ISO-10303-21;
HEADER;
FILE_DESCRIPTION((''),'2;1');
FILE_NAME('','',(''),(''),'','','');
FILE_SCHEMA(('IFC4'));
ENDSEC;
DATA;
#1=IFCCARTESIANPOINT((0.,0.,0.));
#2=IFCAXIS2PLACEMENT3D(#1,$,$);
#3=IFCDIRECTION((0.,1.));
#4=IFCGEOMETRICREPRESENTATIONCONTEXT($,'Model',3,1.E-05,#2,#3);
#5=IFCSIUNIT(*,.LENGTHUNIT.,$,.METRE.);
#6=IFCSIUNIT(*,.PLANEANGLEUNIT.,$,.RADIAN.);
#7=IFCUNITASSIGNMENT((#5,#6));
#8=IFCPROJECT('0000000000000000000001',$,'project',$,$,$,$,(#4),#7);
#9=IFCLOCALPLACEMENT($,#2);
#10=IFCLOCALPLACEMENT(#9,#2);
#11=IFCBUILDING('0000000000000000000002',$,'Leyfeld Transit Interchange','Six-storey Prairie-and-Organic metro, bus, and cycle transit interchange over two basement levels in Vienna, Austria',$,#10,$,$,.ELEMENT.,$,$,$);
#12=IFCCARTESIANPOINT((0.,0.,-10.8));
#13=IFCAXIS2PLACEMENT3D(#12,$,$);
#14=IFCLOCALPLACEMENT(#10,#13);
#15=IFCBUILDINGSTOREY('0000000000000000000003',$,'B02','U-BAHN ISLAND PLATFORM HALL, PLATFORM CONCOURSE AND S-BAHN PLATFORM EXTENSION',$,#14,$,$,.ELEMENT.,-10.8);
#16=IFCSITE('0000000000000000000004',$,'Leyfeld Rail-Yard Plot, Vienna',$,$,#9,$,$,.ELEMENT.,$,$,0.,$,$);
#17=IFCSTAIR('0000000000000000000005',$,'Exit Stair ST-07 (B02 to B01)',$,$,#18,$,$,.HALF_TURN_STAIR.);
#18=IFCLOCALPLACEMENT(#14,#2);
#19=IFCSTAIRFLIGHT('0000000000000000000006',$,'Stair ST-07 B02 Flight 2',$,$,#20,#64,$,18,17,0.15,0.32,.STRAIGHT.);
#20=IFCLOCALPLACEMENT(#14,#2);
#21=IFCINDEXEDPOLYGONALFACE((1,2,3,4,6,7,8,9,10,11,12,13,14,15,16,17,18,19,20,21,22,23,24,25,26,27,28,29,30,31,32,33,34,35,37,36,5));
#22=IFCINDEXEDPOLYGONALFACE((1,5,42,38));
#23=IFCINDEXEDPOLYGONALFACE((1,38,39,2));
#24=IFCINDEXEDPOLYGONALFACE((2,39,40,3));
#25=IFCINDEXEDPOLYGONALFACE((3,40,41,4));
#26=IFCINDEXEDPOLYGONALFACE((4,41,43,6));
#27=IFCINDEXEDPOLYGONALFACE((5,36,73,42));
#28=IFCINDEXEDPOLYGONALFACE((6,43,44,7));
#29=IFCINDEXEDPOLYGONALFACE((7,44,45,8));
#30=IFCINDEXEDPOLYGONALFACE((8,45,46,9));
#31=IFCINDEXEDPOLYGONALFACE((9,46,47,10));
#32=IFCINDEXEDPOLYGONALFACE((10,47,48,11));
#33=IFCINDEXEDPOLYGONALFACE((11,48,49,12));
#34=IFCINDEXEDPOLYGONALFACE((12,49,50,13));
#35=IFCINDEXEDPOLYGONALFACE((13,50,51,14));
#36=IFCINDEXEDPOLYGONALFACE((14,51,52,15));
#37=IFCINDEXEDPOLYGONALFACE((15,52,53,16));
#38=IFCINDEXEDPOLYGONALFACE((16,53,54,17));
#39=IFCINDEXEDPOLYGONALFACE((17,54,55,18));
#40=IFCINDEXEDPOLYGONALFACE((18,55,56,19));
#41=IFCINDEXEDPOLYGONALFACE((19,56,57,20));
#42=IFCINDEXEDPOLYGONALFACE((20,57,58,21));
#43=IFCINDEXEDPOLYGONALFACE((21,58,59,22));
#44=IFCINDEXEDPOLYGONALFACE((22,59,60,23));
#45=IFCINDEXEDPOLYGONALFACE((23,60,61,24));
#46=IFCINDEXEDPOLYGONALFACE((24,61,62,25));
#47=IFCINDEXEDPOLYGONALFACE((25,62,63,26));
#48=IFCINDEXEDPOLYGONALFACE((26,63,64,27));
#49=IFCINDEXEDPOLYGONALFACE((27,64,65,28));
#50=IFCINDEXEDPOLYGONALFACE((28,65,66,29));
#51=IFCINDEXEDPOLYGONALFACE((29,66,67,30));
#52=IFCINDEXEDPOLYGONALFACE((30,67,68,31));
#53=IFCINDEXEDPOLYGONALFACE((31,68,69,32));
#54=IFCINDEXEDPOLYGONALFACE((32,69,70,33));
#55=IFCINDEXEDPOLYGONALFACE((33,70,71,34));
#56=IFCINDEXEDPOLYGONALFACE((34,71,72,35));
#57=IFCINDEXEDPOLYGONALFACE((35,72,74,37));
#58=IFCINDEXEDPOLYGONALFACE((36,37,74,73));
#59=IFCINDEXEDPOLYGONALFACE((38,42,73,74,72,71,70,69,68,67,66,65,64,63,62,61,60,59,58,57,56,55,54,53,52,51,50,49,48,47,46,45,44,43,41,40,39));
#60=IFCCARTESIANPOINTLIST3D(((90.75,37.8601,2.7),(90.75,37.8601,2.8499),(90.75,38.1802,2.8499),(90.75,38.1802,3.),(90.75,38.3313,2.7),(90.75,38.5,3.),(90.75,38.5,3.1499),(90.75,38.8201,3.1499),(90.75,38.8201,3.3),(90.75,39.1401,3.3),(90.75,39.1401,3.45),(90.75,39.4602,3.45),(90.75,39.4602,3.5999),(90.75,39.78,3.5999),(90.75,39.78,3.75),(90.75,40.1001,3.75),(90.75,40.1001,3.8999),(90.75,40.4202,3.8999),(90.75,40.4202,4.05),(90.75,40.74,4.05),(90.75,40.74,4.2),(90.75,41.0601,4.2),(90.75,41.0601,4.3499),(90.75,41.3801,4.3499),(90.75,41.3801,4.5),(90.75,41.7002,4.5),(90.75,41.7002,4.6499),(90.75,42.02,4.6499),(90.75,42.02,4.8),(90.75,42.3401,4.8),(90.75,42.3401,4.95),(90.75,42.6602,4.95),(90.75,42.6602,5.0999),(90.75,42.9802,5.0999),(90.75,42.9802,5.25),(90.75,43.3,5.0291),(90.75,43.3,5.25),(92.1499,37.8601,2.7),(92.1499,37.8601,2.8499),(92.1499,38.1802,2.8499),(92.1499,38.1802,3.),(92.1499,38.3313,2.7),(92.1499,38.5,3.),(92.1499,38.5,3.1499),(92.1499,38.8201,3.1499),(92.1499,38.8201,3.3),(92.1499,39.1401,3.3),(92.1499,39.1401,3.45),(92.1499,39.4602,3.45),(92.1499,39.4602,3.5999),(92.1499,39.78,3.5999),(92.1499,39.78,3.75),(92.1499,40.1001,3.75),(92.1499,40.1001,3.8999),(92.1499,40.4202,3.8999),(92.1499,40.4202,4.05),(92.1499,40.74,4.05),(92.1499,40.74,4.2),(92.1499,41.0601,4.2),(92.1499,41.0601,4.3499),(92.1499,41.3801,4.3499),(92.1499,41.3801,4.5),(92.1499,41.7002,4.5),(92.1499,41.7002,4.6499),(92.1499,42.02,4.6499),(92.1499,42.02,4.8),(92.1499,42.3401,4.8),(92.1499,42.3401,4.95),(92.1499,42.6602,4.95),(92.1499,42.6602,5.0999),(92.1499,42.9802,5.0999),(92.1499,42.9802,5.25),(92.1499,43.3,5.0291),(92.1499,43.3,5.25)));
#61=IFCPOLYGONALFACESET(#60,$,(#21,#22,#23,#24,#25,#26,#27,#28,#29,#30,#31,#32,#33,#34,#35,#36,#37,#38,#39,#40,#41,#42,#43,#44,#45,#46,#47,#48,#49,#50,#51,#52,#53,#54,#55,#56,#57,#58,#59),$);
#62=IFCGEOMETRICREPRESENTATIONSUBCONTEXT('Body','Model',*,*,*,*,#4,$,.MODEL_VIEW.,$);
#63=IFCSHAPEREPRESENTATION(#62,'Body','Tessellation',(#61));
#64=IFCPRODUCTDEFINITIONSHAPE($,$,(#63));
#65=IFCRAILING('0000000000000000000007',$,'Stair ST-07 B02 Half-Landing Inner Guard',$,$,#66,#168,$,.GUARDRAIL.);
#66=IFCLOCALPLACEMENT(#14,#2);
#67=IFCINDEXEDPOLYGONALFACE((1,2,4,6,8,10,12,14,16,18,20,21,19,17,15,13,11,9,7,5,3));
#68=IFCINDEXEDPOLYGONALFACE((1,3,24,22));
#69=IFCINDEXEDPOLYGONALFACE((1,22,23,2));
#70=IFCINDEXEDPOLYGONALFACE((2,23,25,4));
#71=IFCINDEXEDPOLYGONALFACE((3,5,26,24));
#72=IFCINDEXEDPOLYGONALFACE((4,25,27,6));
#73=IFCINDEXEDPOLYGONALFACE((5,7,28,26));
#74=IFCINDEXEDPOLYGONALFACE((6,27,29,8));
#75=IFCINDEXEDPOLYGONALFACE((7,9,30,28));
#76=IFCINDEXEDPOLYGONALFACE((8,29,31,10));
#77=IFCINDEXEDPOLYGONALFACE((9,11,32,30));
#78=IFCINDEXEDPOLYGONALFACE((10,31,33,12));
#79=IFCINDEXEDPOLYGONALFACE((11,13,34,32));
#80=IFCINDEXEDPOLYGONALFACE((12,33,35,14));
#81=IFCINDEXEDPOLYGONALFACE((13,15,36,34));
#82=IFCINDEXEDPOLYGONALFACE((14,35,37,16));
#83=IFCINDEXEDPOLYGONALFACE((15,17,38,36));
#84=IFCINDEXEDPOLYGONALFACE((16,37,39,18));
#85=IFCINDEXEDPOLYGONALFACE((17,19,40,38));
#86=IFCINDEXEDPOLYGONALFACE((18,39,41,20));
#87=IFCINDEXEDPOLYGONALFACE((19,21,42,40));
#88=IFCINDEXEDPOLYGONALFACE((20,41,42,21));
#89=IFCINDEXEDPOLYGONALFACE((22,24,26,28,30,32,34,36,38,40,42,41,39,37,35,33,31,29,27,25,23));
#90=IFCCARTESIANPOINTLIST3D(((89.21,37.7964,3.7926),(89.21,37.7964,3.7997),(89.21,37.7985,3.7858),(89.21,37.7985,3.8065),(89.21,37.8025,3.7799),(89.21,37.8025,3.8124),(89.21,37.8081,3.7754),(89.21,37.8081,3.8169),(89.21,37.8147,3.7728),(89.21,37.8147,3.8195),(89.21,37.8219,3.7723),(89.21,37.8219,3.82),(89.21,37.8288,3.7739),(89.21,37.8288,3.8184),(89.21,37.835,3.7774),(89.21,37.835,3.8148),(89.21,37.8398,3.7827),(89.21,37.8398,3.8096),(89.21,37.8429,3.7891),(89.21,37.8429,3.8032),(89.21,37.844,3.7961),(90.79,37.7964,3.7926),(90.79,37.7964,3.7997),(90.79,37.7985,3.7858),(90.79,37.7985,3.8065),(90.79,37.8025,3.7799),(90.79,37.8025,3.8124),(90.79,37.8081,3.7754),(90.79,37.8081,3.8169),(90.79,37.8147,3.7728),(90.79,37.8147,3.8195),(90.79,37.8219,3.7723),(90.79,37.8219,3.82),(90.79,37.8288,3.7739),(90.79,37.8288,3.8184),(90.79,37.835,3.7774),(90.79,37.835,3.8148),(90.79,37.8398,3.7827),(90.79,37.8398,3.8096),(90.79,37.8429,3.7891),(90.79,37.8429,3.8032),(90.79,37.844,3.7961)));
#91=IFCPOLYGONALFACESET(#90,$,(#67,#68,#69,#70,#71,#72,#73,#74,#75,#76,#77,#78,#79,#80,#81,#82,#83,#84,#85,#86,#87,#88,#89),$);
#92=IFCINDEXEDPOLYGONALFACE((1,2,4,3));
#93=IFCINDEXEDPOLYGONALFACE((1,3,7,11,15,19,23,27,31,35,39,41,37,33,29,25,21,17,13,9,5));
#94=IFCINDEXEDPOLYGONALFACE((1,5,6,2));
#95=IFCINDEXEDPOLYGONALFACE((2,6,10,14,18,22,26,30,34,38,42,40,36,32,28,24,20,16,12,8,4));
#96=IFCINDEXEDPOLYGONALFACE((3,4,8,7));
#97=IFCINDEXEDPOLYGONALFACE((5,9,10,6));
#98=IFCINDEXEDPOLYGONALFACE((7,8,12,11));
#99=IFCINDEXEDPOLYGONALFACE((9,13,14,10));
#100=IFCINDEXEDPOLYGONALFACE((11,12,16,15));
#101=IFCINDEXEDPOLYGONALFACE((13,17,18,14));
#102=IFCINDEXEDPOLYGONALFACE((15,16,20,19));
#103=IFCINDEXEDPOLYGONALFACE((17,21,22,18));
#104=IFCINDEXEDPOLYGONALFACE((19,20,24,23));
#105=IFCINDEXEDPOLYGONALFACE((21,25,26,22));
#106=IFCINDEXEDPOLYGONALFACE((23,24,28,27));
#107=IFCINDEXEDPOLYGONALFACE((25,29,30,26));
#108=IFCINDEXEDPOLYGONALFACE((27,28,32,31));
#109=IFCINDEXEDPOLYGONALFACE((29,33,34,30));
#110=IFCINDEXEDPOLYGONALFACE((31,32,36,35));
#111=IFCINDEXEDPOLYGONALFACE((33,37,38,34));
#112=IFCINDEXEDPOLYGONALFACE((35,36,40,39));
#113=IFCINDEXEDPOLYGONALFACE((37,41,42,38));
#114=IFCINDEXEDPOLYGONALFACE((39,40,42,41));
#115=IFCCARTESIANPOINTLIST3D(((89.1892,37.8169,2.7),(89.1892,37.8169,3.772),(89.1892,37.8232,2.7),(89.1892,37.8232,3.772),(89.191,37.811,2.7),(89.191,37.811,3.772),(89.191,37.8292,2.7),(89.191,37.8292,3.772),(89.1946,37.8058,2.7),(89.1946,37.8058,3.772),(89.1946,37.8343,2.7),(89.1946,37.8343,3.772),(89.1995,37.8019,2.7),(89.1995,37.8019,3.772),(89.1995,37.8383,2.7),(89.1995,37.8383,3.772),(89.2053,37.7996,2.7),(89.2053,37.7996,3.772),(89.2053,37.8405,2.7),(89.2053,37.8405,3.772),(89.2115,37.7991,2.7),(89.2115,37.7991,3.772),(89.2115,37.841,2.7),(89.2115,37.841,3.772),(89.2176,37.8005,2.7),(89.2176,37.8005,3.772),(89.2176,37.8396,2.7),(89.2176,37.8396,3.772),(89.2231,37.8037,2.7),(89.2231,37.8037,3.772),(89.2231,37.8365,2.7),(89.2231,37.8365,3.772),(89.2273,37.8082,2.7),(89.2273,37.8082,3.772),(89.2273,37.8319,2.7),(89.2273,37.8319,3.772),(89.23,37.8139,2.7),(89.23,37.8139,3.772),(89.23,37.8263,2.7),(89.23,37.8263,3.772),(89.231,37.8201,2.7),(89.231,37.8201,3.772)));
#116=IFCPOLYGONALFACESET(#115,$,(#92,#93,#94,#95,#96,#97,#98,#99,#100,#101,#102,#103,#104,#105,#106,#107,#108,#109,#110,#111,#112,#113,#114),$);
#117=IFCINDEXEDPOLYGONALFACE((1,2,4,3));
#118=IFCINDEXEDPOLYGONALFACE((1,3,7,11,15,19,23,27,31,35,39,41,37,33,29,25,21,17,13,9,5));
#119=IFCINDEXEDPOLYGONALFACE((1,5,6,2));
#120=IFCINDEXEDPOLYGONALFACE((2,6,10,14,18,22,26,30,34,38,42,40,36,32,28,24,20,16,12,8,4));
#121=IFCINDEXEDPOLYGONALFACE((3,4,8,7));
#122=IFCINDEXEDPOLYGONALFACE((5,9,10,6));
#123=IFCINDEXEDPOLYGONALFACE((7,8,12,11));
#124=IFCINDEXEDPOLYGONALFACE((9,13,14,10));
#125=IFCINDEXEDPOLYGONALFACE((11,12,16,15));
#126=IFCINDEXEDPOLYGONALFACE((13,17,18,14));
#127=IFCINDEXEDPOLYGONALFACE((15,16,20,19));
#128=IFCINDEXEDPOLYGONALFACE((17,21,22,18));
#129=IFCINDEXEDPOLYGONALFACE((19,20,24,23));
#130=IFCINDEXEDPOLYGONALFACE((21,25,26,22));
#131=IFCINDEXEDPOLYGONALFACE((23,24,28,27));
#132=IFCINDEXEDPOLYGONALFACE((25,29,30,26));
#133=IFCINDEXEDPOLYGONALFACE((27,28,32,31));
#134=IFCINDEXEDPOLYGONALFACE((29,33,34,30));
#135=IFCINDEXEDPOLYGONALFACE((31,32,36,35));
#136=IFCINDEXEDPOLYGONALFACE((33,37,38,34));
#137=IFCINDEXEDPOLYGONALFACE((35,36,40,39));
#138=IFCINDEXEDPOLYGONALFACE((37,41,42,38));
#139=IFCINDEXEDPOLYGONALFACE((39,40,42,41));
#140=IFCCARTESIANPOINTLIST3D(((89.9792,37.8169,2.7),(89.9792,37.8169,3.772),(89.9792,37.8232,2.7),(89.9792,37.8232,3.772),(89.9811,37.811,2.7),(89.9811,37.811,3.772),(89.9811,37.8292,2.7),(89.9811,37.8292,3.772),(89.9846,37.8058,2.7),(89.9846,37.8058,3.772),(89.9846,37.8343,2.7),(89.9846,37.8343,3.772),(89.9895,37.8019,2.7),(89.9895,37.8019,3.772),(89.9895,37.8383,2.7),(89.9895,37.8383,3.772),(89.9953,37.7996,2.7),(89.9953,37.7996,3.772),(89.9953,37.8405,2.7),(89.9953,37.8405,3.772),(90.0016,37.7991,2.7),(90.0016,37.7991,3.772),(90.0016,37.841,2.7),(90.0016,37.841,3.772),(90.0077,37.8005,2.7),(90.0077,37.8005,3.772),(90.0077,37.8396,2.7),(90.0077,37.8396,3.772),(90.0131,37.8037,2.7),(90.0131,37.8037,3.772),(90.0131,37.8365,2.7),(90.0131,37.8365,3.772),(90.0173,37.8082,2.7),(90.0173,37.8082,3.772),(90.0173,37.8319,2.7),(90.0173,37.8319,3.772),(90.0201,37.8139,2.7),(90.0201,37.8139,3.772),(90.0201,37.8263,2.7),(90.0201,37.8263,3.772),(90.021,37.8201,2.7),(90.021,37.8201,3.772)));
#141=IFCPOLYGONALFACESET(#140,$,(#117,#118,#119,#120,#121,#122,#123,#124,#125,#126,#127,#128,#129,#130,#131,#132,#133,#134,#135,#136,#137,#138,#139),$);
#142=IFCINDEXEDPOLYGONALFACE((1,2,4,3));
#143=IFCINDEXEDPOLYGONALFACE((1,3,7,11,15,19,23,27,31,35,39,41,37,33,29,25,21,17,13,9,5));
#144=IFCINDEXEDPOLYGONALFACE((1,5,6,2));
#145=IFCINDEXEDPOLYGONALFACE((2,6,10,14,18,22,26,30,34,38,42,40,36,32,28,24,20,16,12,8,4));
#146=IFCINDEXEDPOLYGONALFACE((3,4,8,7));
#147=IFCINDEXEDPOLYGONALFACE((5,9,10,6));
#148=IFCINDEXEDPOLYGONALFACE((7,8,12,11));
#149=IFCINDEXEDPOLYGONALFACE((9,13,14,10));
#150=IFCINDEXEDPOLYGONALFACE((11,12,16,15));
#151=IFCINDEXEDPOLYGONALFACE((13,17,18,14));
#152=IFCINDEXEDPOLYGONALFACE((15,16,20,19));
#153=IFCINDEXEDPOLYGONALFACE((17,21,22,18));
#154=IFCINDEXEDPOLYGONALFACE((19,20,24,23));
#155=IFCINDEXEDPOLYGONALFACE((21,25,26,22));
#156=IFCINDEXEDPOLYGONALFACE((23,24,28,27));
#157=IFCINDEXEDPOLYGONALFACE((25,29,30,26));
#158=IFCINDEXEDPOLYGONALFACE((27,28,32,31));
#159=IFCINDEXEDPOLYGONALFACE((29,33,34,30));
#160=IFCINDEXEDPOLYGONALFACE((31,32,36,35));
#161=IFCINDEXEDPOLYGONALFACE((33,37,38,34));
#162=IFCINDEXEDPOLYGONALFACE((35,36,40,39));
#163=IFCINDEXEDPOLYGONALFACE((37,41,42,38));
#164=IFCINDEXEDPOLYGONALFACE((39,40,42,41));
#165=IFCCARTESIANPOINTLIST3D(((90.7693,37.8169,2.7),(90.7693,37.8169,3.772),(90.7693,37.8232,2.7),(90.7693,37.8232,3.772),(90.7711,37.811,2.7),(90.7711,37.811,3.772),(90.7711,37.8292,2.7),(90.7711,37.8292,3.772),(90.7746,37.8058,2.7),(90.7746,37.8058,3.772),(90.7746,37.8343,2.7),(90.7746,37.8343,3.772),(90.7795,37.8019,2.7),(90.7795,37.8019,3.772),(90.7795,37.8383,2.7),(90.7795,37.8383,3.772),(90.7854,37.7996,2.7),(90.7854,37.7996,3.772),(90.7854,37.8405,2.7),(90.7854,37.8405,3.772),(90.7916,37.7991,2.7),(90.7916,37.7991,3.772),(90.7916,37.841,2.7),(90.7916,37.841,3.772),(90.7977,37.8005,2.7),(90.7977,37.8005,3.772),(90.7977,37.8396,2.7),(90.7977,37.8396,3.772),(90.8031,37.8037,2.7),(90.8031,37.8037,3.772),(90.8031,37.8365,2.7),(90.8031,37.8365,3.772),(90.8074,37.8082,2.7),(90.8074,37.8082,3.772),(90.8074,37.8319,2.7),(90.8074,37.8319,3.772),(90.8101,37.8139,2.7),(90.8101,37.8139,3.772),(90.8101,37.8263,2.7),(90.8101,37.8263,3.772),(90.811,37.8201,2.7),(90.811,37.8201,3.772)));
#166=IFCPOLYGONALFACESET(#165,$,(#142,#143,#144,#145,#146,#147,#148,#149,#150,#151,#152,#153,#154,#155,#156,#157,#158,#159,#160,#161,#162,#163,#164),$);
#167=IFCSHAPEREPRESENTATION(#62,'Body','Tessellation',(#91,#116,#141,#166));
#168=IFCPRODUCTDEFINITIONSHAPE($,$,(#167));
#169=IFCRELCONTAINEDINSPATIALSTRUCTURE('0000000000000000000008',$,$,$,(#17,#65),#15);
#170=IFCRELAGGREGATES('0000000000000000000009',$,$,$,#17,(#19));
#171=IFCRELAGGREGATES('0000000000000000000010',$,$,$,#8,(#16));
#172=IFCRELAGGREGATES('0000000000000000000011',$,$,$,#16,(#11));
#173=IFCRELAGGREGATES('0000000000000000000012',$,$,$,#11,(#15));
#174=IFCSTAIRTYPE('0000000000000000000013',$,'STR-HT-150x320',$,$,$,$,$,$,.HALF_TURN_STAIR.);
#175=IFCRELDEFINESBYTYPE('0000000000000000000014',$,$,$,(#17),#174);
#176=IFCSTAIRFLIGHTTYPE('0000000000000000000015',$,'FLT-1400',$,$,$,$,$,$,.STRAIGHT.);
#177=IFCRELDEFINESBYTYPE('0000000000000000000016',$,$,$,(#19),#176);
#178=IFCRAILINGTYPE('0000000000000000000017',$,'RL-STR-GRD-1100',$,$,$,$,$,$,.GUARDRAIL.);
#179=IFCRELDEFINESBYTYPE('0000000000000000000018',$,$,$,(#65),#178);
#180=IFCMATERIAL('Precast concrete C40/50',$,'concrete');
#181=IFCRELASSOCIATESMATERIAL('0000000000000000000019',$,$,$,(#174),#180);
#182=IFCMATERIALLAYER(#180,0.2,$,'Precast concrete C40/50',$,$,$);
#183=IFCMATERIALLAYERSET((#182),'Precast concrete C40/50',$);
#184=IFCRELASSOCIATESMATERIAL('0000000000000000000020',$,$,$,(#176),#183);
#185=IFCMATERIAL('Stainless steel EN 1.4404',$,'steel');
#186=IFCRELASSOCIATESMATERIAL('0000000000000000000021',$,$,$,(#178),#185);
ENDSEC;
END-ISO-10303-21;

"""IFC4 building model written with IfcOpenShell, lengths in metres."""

from ifc_helpers import new_model, si_unit, direction, frame, origin, origin_2d, place, context, subcontext, project, spatial, polyline, circle, outline, extrude, material, layer, layer_set, type_object, element, aggregate, save


model = new_model("IFC4")

# Units and contexts
model_context = context("Model", 3, precision=1e-05, world=origin(), true_north=direction((0.0, 1.0)))
body_context = subcontext(model_context, "Body", "Model", "MODEL_VIEW")
ifc_project = project(units=[si_unit("LENGTHUNIT", "METRE"), si_unit("PLANEANGLEUNIT", "RADIAN")], contexts=[model_context])

# Site, building, storey
site_placement = place(None, origin())
site = spatial("IfcSite", under=ifc_project, at=site_placement, Name="Leyfeld Rail-Yard Plot, Vienna", CompositionType="ELEMENT", RefElevation=0.0)
building_placement = place(site_placement, origin())
building = spatial("IfcBuilding", under=site, at=building_placement, Name="Leyfeld Transit Interchange", Description="Six-storey Prairie-and-Organic metro, bus, and cycle transit interchange over two basement levels in Vienna, Austria", CompositionType="ELEMENT")
storey_placement = place(building_placement, frame((0.0, 0.0, -10.8)))
storey = spatial("IfcBuildingStorey", under=building, at=storey_placement, Name="B02", Description="U-BAHN ISLAND PLATFORM HALL, PLATFORM CONCOURSE AND S-BAHN PLATFORM EXTENSION", CompositionType="ELEMENT", Elevation=-10.8)

# Stair, stair flight
ifc_material_1 = material(Name="Precast concrete C40/50", Category="concrete")
stair_type = type_object("IfcStairType", Name="STR-HT-150x320", PredefinedType="HALF_TURN_STAIR", material=ifc_material_1)
stair_placement = place(storey_placement, origin())
stair = element("IfcStair", 1, at=stair_placement, inside=storey, type_object=stair_type, Name="Exit Stair ST-07 (B02 to B01)", PredefinedType="HALF_TURN_STAIR")
ifc_layer_1 = layer(ifc_material_1, 0.2, Name="Precast concrete C40/50")
ifc_layer_set_1 = layer_set([ifc_layer_1], Name="Precast concrete C40/50")
stair_flight_type = type_object("IfcStairFlightType", Name="FLT-1400", PredefinedType="STRAIGHT", material=ifc_layer_set_1)
stair_flight_1_placement = place(storey_placement, frame((91.45, 37.8601, 2.7), z_axis=(0.0, 0.0, 1.0), x_axis=(0.0, 1.0, 0.0)))
stair_flight_1 = element("IfcStairFlight", 2, at=stair_flight_1_placement, type_object=stair_flight_type, Name="Stair ST-07 B02 Flight 2", NumberOfRisers=18, NumberOfTreads=17, PredefinedType="STRAIGHT", RiserHeight=0.15, TreadLength=0.32, context=body_context, shape_type="SweptSolid", body=[
    extrude(outline(polyline([(0.0, 0.0), (0.0, 0.1499), (0.3201, 0.1499), (0.3201, 0.3), (0.6399, 0.3), (0.6399, 0.45), (0.96, 0.45), (0.96, 0.6001), (1.28, 0.6001), (1.28, 0.75), (1.6001, 0.75), (1.6001, 0.8999), (1.9199, 0.8999), (1.9199, 1.05), (2.24, 1.05), (2.24, 1.2), (2.5601, 1.2), (2.5601, 1.3501), (2.8799, 1.3501), (2.8799, 1.5), (3.2, 1.5), (3.2, 1.6499), (3.52, 1.6499), (3.52, 1.8), (3.8401, 1.8), (3.8401, 1.95), (4.1599, 1.95), (4.1599, 2.1001), (4.48, 2.1001), (4.48, 2.25), (4.8, 2.25), (4.8, 2.3999), (5.1201, 2.3999), (5.1201, 2.55), (5.4399, 2.55), (5.4399, 2.7), (5.4399, 2.3291), (0.4712, 0.0), (0.0, 0.0)])), frame((0.0, 0.7, 0.0), z_axis=(0.0, -1.0, 0.0), x_axis=(1.0, 0.0, 0.0)), (0.0, 0.0, 1.0), 1.3999),
])
aggregate(stair, [stair_flight_1])

# Railing
ifc_material_2 = material(Name="Stainless steel EN 1.4404", Category="steel")
railing_type_1 = type_object("IfcRailingType", Name="RL-STR-GRD-1100", PredefinedType="GUARDRAIL", material=ifc_material_2)
railing_1_placement = place(storey_placement, frame((89.21, 37.8201, 2.7)))
element("IfcRailing", 3, at=railing_1_placement, inside=storey, type_object=railing_type_1, Name="Stair ST-07 B02 Half-Landing Inner Guard", PredefinedType="GUARDRAIL", context=body_context, shape_type="SweptSolid", body=[
    extrude(circle(Radius=0.0239, at=origin_2d()), frame((0.0, 0.0, 1.0962), z_axis=(1.0, 0.0, 0.0), x_axis=(0.0, 1.0, 0.0)), (0.0, 0.0, 1.0), 1.5801),
    extrude(circle(Radius=0.021, at=origin_2d()), origin(), (0.0, 0.0, 1.0), 1.072),
    extrude(circle(Radius=0.021, at=origin_2d()), frame((0.79, 0.0, 0.0)), (0.0, 0.0, 1.0), 1.072),
    extrude(circle(Radius=0.021, at=origin_2d()), frame((1.5801, 0.0, 0.0)), (0.0, 0.0, 1.0), 1.072),
])

save(model, "model.ifc")
